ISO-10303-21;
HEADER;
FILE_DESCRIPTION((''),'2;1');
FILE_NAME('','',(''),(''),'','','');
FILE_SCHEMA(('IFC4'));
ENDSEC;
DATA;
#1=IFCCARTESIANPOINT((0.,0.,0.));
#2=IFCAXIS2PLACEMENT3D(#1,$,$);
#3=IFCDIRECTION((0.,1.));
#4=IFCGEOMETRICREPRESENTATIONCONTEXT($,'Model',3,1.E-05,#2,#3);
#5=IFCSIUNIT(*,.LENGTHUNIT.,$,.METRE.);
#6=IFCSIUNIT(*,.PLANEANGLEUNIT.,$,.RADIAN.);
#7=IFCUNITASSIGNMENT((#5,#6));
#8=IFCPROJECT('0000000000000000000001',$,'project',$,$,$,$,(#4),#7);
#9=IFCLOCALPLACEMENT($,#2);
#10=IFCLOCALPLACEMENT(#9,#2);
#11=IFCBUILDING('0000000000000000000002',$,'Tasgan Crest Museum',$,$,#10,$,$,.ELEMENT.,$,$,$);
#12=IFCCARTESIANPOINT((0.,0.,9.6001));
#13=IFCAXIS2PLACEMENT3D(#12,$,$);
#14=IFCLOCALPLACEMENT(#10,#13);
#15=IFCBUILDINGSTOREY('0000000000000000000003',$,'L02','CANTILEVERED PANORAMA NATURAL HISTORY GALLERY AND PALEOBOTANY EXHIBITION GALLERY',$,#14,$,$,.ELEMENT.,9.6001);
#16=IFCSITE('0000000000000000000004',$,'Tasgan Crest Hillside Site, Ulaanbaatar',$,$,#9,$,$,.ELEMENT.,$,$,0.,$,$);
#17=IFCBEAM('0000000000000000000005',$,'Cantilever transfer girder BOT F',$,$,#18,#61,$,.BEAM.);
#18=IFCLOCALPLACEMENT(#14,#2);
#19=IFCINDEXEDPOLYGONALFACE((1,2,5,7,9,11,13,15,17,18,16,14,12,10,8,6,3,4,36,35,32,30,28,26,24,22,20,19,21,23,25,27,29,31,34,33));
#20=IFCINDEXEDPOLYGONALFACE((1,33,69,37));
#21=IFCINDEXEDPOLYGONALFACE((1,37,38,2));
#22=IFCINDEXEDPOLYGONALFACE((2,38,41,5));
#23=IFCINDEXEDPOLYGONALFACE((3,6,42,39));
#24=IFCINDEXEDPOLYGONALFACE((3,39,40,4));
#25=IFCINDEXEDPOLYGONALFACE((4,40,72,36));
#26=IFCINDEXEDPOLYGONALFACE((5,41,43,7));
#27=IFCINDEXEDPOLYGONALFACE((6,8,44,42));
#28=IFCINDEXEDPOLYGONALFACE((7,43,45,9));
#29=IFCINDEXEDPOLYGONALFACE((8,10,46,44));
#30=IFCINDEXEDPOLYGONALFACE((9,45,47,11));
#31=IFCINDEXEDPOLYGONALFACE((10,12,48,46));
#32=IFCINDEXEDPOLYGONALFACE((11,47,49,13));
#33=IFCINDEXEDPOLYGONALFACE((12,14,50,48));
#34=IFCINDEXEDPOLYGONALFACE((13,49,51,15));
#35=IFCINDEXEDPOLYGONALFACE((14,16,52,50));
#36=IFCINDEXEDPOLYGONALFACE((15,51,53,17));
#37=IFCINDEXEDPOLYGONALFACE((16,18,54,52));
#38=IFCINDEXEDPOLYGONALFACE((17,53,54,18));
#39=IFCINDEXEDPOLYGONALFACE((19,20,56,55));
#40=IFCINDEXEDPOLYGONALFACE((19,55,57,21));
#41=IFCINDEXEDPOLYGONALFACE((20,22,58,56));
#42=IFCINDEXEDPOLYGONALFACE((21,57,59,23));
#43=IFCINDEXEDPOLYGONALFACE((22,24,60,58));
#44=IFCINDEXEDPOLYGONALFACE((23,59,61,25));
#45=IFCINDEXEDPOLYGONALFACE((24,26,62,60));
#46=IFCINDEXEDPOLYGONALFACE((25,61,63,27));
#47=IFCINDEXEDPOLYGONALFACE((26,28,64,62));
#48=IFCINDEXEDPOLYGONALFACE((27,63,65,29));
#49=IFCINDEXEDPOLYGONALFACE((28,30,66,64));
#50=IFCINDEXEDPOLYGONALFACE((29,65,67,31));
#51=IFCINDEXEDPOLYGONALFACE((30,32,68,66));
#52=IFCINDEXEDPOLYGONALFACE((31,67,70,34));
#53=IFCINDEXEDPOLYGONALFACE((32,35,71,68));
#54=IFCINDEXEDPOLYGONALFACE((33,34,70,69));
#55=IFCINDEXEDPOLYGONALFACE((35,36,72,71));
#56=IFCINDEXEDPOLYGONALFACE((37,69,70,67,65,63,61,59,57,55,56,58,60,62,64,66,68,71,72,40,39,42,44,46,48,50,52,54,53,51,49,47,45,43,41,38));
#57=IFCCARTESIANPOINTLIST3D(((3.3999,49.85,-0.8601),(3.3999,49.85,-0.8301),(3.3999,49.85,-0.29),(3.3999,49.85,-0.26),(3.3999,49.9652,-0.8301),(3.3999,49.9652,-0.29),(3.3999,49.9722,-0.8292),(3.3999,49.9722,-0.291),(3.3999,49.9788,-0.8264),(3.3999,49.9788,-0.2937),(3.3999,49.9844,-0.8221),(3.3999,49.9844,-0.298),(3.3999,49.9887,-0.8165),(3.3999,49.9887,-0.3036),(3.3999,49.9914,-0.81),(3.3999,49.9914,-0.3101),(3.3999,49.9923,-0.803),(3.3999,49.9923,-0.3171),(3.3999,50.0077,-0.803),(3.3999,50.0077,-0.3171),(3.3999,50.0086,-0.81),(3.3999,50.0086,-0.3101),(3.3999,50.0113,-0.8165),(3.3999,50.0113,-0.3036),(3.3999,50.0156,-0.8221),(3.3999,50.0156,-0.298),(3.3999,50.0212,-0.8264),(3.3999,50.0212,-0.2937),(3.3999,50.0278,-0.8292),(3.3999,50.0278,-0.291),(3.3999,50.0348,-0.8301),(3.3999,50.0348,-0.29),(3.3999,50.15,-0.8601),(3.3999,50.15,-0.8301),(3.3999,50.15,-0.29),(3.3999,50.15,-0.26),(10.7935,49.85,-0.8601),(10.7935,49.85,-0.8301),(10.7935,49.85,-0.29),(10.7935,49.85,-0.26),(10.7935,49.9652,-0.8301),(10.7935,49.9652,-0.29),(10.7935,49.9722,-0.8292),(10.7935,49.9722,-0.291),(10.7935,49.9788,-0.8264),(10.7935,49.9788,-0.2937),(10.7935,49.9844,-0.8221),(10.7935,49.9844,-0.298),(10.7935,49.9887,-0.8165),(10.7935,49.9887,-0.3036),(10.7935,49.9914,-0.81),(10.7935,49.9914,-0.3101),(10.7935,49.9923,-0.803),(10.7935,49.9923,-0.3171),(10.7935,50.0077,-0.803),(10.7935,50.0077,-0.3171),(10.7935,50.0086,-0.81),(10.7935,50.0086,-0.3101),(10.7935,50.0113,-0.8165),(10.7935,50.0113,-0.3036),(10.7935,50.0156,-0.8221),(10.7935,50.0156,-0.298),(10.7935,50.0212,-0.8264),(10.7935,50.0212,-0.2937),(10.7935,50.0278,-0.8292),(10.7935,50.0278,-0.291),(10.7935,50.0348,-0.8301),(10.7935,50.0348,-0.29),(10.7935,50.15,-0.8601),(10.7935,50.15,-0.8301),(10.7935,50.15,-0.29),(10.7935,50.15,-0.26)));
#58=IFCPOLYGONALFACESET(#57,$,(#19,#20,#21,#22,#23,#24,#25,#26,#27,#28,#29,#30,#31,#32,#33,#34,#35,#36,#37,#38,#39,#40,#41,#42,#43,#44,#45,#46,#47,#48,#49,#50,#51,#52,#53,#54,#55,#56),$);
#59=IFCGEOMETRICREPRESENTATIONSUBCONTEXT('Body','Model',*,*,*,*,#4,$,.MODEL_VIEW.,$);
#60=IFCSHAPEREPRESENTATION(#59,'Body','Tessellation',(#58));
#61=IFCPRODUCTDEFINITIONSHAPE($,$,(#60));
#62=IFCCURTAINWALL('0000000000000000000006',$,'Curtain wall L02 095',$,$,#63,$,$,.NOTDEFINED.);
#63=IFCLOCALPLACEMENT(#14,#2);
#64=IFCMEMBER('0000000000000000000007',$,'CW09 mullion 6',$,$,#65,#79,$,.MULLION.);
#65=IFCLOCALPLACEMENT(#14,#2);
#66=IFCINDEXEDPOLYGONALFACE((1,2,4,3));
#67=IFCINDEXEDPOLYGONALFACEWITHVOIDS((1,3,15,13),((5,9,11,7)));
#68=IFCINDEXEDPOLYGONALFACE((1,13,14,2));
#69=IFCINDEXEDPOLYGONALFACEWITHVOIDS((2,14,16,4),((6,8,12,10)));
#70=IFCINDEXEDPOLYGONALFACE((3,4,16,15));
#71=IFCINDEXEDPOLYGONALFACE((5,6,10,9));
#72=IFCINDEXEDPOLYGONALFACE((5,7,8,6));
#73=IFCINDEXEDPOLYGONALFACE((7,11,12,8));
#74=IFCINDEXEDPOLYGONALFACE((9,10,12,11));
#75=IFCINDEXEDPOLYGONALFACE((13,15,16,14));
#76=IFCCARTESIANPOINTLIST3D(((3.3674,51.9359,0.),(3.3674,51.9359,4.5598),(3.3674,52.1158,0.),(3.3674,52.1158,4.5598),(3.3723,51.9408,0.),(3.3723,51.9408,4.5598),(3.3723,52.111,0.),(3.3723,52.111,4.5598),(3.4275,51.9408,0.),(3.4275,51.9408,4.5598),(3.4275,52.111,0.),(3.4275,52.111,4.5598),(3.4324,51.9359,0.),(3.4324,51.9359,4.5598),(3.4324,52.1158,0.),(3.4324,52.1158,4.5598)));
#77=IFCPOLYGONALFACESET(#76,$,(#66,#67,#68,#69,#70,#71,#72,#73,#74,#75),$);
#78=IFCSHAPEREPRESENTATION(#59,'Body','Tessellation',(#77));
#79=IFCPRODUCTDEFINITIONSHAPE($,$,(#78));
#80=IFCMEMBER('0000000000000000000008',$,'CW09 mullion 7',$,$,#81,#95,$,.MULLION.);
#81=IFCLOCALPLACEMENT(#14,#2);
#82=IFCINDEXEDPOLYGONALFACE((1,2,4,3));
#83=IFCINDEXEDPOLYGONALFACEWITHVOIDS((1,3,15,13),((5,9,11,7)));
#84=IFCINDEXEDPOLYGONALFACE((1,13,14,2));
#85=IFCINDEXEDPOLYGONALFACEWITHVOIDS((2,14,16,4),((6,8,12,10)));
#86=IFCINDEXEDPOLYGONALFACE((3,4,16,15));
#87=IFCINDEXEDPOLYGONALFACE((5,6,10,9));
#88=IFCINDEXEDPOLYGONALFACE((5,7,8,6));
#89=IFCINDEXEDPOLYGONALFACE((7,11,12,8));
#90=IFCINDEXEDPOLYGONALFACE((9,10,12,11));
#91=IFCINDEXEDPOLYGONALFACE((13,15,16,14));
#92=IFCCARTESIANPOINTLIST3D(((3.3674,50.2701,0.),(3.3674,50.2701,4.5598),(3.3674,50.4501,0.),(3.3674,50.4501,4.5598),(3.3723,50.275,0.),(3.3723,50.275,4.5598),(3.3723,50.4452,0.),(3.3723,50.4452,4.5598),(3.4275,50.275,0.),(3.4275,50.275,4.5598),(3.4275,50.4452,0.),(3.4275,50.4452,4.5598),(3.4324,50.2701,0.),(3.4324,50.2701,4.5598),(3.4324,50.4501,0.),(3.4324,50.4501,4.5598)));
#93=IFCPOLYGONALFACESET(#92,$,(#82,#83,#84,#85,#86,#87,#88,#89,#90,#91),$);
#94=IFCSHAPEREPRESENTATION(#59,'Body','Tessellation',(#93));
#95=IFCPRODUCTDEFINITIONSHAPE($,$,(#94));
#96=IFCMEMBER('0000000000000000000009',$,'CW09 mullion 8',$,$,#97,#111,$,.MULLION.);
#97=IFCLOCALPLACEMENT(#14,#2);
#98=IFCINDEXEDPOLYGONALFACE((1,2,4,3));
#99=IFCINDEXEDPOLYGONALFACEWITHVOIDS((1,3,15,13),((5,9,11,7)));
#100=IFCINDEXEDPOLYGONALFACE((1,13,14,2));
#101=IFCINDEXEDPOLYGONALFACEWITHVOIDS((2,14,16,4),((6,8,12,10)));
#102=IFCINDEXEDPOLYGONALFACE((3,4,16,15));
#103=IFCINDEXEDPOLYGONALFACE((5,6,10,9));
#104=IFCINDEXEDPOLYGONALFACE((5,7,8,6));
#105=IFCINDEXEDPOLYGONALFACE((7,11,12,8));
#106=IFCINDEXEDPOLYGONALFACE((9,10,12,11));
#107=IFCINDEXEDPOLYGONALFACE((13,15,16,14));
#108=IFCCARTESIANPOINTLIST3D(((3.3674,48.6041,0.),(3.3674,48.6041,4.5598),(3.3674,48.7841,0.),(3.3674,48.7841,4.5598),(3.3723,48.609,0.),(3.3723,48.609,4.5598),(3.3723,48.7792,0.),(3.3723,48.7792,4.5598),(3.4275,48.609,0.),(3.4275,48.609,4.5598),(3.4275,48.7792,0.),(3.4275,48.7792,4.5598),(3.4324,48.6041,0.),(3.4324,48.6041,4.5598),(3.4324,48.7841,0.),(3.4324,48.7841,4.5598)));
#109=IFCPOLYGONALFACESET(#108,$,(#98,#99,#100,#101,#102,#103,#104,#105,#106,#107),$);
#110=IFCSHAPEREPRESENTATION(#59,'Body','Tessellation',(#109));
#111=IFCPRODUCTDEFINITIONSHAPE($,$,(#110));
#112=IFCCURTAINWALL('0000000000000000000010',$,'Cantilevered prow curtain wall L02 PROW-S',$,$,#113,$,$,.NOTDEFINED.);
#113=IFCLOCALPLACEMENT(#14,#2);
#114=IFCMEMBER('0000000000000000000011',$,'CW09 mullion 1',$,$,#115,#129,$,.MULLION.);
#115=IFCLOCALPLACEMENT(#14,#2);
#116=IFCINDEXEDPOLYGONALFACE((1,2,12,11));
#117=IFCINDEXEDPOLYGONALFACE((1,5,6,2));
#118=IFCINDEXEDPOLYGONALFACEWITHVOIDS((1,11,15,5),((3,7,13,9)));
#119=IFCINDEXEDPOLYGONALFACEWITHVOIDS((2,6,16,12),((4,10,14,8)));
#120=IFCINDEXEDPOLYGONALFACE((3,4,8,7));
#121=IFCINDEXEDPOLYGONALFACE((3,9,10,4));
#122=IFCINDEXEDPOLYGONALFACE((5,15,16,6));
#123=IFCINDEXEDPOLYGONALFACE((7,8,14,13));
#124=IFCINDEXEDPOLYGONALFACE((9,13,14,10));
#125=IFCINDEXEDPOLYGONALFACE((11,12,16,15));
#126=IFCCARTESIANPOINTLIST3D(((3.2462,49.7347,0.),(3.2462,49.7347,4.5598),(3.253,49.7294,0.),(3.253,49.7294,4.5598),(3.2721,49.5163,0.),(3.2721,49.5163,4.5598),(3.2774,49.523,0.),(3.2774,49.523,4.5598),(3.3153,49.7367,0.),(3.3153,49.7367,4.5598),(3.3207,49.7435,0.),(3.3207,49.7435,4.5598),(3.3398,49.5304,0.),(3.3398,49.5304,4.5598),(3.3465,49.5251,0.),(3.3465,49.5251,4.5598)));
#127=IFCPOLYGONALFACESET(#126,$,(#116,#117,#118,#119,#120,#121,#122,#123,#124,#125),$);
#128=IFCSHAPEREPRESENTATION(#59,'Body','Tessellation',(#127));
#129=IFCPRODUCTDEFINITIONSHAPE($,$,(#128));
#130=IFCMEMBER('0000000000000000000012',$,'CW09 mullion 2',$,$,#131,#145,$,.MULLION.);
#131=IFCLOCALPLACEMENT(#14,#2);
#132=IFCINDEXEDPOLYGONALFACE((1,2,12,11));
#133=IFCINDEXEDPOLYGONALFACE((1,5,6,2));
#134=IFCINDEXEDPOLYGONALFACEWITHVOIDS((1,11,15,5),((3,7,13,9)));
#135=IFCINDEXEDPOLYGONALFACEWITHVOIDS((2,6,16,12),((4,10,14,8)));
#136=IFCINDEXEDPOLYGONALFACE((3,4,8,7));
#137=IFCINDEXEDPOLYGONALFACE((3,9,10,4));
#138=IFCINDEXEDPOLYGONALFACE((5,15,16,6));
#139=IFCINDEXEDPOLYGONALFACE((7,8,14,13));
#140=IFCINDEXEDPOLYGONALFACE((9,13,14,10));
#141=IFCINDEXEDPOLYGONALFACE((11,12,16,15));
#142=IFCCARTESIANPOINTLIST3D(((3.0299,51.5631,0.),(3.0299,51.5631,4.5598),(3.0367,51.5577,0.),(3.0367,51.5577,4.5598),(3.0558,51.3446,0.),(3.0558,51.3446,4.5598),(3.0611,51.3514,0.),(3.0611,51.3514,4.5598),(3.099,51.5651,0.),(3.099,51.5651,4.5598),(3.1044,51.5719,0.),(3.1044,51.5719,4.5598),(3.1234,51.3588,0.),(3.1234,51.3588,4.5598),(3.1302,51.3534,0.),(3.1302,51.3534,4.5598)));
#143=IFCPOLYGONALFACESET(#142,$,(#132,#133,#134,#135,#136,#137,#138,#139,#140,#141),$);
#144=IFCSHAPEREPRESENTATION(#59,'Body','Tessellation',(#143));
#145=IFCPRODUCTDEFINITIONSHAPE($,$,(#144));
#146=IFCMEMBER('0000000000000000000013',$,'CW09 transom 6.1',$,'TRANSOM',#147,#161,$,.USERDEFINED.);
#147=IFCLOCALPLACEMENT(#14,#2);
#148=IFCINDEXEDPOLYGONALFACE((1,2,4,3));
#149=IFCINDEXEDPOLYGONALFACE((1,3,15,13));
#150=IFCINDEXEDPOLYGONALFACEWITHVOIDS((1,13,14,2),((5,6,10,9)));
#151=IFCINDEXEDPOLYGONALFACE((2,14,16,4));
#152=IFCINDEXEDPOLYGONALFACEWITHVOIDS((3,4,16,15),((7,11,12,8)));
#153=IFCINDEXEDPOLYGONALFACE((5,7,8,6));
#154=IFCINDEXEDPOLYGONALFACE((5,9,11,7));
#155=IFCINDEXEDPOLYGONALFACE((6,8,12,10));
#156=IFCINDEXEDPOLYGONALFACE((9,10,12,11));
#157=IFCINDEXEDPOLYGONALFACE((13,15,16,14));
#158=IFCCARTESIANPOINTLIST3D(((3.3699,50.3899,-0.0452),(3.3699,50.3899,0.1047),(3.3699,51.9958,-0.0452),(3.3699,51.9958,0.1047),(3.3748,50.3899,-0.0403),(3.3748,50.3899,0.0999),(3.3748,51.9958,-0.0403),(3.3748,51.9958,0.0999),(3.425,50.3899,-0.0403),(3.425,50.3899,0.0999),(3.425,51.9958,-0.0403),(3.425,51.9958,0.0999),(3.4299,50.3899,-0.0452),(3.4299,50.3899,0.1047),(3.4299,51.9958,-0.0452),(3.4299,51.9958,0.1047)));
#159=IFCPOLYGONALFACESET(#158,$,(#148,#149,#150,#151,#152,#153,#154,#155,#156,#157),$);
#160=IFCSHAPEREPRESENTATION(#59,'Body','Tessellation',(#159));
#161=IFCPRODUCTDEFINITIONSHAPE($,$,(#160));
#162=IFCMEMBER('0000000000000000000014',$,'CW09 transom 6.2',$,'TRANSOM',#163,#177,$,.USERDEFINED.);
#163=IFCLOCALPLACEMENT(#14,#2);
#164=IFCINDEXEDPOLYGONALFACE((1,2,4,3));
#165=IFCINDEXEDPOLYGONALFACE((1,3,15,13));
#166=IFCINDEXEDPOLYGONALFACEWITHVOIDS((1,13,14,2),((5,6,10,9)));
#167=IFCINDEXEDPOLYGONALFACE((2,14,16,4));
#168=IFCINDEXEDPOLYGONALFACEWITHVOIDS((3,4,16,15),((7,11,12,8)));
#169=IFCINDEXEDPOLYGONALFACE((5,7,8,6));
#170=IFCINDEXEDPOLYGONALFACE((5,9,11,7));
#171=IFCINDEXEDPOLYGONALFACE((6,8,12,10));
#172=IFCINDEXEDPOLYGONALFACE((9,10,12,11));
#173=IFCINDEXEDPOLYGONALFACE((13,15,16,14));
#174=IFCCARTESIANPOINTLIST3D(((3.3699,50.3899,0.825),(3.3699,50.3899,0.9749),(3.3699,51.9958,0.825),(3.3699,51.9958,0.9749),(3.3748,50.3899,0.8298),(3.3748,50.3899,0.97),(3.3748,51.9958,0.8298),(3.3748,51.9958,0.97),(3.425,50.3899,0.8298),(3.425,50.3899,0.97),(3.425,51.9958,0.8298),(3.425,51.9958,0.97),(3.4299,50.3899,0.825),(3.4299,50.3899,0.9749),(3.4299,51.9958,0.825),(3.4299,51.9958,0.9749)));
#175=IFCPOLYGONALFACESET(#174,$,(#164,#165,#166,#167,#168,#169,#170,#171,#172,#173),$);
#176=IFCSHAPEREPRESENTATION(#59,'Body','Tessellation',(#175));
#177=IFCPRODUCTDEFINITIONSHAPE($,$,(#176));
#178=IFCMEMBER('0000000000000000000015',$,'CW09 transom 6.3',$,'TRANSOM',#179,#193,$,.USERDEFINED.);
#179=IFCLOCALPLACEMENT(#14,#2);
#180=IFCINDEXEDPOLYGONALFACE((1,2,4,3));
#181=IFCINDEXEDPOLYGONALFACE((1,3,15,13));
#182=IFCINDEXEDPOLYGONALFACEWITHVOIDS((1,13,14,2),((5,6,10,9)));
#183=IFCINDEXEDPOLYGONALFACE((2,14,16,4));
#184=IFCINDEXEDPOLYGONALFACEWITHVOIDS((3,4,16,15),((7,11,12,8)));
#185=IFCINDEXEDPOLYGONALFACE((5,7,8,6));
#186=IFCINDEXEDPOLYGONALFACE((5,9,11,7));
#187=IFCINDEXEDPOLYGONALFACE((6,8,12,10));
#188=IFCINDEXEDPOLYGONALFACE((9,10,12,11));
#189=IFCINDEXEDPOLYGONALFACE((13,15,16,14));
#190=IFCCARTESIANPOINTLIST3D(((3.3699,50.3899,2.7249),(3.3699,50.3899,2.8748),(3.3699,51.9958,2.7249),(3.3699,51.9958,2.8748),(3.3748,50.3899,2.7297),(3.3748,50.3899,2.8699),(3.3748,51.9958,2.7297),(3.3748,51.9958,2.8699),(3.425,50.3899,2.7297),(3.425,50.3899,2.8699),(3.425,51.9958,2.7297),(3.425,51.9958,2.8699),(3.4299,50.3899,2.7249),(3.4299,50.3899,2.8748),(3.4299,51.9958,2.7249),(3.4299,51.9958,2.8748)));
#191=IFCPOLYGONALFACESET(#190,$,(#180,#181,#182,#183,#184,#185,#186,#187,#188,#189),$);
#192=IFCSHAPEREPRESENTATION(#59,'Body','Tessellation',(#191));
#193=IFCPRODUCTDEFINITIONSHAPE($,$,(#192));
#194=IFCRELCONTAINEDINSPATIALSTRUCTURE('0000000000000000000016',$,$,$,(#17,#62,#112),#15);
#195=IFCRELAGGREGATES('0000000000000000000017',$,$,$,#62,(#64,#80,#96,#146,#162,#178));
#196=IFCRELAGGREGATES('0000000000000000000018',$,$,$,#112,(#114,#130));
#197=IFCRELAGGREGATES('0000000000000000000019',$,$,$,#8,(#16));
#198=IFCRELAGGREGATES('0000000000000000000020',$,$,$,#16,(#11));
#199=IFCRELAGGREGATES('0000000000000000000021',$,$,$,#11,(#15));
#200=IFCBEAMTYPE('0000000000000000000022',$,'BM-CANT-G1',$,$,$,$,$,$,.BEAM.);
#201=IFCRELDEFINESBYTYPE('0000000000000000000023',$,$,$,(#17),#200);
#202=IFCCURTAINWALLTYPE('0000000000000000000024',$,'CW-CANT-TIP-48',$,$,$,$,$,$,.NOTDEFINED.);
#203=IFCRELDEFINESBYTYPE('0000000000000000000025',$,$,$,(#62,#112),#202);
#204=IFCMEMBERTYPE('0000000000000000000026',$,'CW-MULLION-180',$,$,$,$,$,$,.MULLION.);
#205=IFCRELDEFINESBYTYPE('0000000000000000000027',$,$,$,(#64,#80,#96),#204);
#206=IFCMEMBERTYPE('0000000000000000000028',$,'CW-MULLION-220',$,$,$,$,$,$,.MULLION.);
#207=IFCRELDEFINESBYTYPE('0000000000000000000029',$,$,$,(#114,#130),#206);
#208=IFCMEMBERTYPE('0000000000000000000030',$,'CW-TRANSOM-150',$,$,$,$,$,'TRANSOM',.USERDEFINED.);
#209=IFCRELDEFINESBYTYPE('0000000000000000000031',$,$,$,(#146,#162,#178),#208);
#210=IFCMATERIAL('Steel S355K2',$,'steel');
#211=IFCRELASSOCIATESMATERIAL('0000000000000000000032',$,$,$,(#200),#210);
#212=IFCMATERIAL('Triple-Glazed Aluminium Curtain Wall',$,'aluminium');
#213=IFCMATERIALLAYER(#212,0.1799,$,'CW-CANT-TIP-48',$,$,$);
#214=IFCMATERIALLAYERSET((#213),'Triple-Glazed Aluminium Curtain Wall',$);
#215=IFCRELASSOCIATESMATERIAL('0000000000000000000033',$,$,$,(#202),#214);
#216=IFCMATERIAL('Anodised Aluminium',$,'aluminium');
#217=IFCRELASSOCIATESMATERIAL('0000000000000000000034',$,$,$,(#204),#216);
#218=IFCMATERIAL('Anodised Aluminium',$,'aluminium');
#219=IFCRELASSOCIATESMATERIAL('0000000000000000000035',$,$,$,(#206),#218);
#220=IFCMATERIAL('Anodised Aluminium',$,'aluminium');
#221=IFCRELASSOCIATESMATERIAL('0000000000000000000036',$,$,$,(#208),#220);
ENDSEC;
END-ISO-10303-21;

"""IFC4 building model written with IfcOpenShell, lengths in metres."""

from ifc_helpers import new_model, si_unit, direction, frame, origin, origin_2d, place, context, subcontext, project, spatial, hollow_rectangle, i_section, extrude, material, layer, layer_set, material_profile, profile_set, type_object, element, aggregate, save


model = new_model("IFC4")

# Units and contexts
model_context = context("Model", 3, precision=1e-05, world=origin(), true_north=direction((0.0, 1.0)))
body_context = subcontext(model_context, "Body", "Model", "MODEL_VIEW")
ifc_project = project(units=[si_unit("LENGTHUNIT", "METRE"), si_unit("PLANEANGLEUNIT", "RADIAN")], contexts=[model_context])

# Site, building, storey
site_placement = place(None, origin())
site = spatial("IfcSite", under=ifc_project, at=site_placement, Name="Tasgan Crest Hillside Site, Ulaanbaatar", CompositionType="ELEMENT", RefElevation=0.0)
building_placement = place(site_placement, origin())
building = spatial("IfcBuilding", under=site, at=building_placement, Name="Tasgan Crest Museum", CompositionType="ELEMENT")
storey_placement = place(building_placement, frame((0.0, 0.0, 9.6001)))
storey = spatial("IfcBuildingStorey", under=building, at=storey_placement, Name="L02", Description="CANTILEVERED PANORAMA NATURAL HISTORY GALLERY AND PALEOBOTANY EXHIBITION GALLERY", CompositionType="ELEMENT", Elevation=9.6001)

# Beam
ifc_material_1 = material(Name="Steel S355K2", Category="steel")
ifc_material_profile_1 = material_profile(ifc_material_1, i_section(OverallWidth=0.3, OverallDepth=0.6001, WebThickness=0.0154, FlangeThickness=0.03, FilletRadius=0.0271, at=origin_2d()), Name="HEB 600")
ifc_profile_set_1 = profile_set([ifc_material_profile_1], Name="Steel S355K2")
beam_type = type_object("IfcBeamType", Name="BM-CANT-G1", PredefinedType="BEAM", material=ifc_profile_set_1)
beam_placement = place(storey_placement, frame((3.3999, 50.0, -0.5601), z_axis=(1.0, 0.0, 0.0), x_axis=(0.0, 1.0, 0.0)))
element("IfcBeam", 1, at=beam_placement, inside=storey, type_object=beam_type, Name="Cantilever transfer girder BOT F", PredefinedType="BEAM", context=body_context, shape_type="SweptSolid", body=[
    extrude(i_section(OverallWidth=0.3, OverallDepth=0.6001, WebThickness=0.0154, FlangeThickness=0.03, FilletRadius=0.0271, at=origin_2d()), origin(), (0.0, 0.0, 1.0), 7.3936),
])

# Curtain walls, members
ifc_material_2 = material(Name="Triple-Glazed Aluminium Curtain Wall", Category="aluminium")
ifc_layer_1 = layer(ifc_material_2, 0.1799, Name="CW-CANT-TIP-48")
ifc_layer_set_1 = layer_set([ifc_layer_1], Name="Triple-Glazed Aluminium Curtain Wall")
curtain_wall_type = type_object("IfcCurtainWallType", Name="CW-CANT-TIP-48", PredefinedType="NOTDEFINED", material=ifc_layer_set_1)
curtain_wall_1_placement = place(storey_placement, origin())
curtain_wall_1 = element("IfcCurtainWall", 2, at=curtain_wall_1_placement, inside=storey, type_object=curtain_wall_type, Name="Curtain wall L02 095", PredefinedType="NOTDEFINED")
ifc_material_3 = material(Name="Anodised Aluminium", Category="aluminium")
ifc_material_profile_2 = material_profile(ifc_material_3, hollow_rectangle(XDim=0.0649, YDim=0.1799, WallThickness=0.0049, at=origin_2d()), Name="ALU MULLION 180x65x5")
ifc_profile_set_2 = profile_set([ifc_material_profile_2], Name="Anodised Aluminium")
member_type_1 = type_object("IfcMemberType", Name="CW-MULLION-180", PredefinedType="MULLION", material=ifc_profile_set_2)
member_1_placement = place(storey_placement, frame((3.3999, 52.0259, 0.0), z_axis=(0.0, 0.0, 1.0), x_axis=(1.0, 0.0, 0.0)))
member_1 = element("IfcMember", 3, at=member_1_placement, type_object=member_type_1, Name="CW09 mullion 6", PredefinedType="MULLION", context=body_context, shape_type="SweptSolid", body=[
    extrude(hollow_rectangle(XDim=0.0649, YDim=0.1799, WallThickness=0.0049, at=origin_2d()), origin(), (0.0, 0.0, 1.0), 4.5598),
])
member_2_placement = place(storey_placement, frame((3.3999, 50.3601, 0.0), z_axis=(0.0, 0.0, 1.0), x_axis=(1.0, 0.0, 0.0)))
member_2 = element("IfcMember", 4, at=member_2_placement, type_object=member_type_1, Name="CW09 mullion 7", PredefinedType="MULLION", context=body_context, shape_type="SweptSolid", body=[
    extrude(hollow_rectangle(XDim=0.0649, YDim=0.1799, WallThickness=0.0049, at=origin_2d()), origin(), (0.0, 0.0, 1.0), 4.5598),
])
member_3_placement = place(storey_placement, frame((3.3999, 48.6941, 0.0), z_axis=(0.0, 0.0, 1.0), x_axis=(1.0, 0.0, 0.0)))
member_3 = element("IfcMember", 5, at=member_3_placement, type_object=member_type_1, Name="CW09 mullion 8", PredefinedType="MULLION", context=body_context, shape_type="SweptSolid", body=[
    extrude(hollow_rectangle(XDim=0.0649, YDim=0.1799, WallThickness=0.0049, at=origin_2d()), origin(), (0.0, 0.0, 1.0), 4.5598),
])
curtain_wall_2_placement = place(storey_placement, origin())
curtain_wall_2 = element("IfcCurtainWall", 6, at=curtain_wall_2_placement, inside=storey, type_object=curtain_wall_type, Name="Cantilevered prow curtain wall L02 PROW-S", PredefinedType="NOTDEFINED")
ifc_material_4 = material(Name="Anodised Aluminium", Category="aluminium")
ifc_material_profile_3 = material_profile(ifc_material_4, hollow_rectangle(XDim=0.075, YDim=0.22, WallThickness=0.0061, at=origin_2d()), Name="ALU MULLION 220x75x6")
ifc_profile_set_3 = profile_set([ifc_material_profile_3], Name="Anodised Aluminium")
member_type_2 = type_object("IfcMemberType", Name="CW-MULLION-220", PredefinedType="MULLION", material=ifc_profile_set_3)
member_4_placement = place(storey_placement, frame((3.2964, 49.6299, 0.0), z_axis=(0.0, 0.0, 1.0), x_axis=(-0.993065, -0.117565, 0.0)))
member_4 = element("IfcMember", 7, at=member_4_placement, type_object=member_type_2, Name="CW09 mullion 1", PredefinedType="MULLION", context=body_context, shape_type="SweptSolid", body=[
    extrude(hollow_rectangle(XDim=0.075, YDim=0.22, WallThickness=0.0061, at=origin_2d()), origin(), (0.0, 0.0, 1.0), 4.5598),
])
member_5_placement = place(storey_placement, frame((3.0801, 51.4583, 0.0), z_axis=(0.0, 0.0, 1.0), x_axis=(-0.993065, -0.117565, 0.0)))
member_5 = element("IfcMember", 8, at=member_5_placement, type_object=member_type_2, Name="CW09 mullion 2", PredefinedType="MULLION", context=body_context, shape_type="SweptSolid", body=[
    extrude(hollow_rectangle(XDim=0.075, YDim=0.22, WallThickness=0.0061, at=origin_2d()), origin(), (0.0, 0.0, 1.0), 4.5598),
])

# Members
ifc_material_5 = material(Name="Anodised Aluminium", Category="aluminium")
ifc_material_profile_4 = material_profile(ifc_material_5, hollow_rectangle(XDim=0.0601, YDim=0.1499, WallThickness=0.0049, at=origin_2d()), Name="ALU TRANSOM 150x60x5")
ifc_profile_set_4 = profile_set([ifc_material_profile_4], Name="Anodised Aluminium")
member_type_3 = type_object("IfcMemberType", Name="CW-TRANSOM-150", ElementType="TRANSOM", PredefinedType="USERDEFINED", material=ifc_profile_set_4)
member_6_placement = place(storey_placement, frame((3.3999, 51.9958, 0.0298), z_axis=(0.0, -1.0, 0.0), x_axis=(1.0, 0.0, 0.0)))
member_6 = element("IfcMember", 9, at=member_6_placement, type_object=member_type_3, Name="CW09 transom 6.1", ObjectType="TRANSOM", PredefinedType="USERDEFINED", context=body_context, shape_type="SweptSolid", body=[
    extrude(hollow_rectangle(XDim=0.0601, YDim=0.1499, WallThickness=0.0049, at=origin_2d()), origin(), (0.0, 0.0, 1.0), 1.606),
])
member_7_placement = place(storey_placement, frame((3.3999, 51.9958, 0.8999), z_axis=(0.0, -1.0, 0.0), x_axis=(1.0, 0.0, 0.0)))
member_7 = element("IfcMember", 10, at=member_7_placement, type_object=member_type_3, Name="CW09 transom 6.2", ObjectType="TRANSOM", PredefinedType="USERDEFINED", context=body_context, shape_type="SweptSolid", body=[
    extrude(hollow_rectangle(XDim=0.0601, YDim=0.1499, WallThickness=0.0049, at=origin_2d()), origin(), (0.0, 0.0, 1.0), 1.606),
])
member_8_placement = place(storey_placement, frame((3.3999, 51.9958, 2.7998), z_axis=(0.0, -1.0, 0.0), x_axis=(1.0, 0.0, 0.0)))
member_8 = element("IfcMember", 11, at=member_8_placement, type_object=member_type_3, Name="CW09 transom 6.3", ObjectType="TRANSOM", PredefinedType="USERDEFINED", context=body_context, shape_type="SweptSolid", body=[
    extrude(hollow_rectangle(XDim=0.0601, YDim=0.1499, WallThickness=0.0049, at=origin_2d()), origin(), (0.0, 0.0, 1.0), 1.606),
])

aggregate(curtain_wall_1, [member_1, member_2, member_3, member_6, member_7, member_8])
aggregate(curtain_wall_2, [member_4, member_5])

save(model, "model.ifc")
